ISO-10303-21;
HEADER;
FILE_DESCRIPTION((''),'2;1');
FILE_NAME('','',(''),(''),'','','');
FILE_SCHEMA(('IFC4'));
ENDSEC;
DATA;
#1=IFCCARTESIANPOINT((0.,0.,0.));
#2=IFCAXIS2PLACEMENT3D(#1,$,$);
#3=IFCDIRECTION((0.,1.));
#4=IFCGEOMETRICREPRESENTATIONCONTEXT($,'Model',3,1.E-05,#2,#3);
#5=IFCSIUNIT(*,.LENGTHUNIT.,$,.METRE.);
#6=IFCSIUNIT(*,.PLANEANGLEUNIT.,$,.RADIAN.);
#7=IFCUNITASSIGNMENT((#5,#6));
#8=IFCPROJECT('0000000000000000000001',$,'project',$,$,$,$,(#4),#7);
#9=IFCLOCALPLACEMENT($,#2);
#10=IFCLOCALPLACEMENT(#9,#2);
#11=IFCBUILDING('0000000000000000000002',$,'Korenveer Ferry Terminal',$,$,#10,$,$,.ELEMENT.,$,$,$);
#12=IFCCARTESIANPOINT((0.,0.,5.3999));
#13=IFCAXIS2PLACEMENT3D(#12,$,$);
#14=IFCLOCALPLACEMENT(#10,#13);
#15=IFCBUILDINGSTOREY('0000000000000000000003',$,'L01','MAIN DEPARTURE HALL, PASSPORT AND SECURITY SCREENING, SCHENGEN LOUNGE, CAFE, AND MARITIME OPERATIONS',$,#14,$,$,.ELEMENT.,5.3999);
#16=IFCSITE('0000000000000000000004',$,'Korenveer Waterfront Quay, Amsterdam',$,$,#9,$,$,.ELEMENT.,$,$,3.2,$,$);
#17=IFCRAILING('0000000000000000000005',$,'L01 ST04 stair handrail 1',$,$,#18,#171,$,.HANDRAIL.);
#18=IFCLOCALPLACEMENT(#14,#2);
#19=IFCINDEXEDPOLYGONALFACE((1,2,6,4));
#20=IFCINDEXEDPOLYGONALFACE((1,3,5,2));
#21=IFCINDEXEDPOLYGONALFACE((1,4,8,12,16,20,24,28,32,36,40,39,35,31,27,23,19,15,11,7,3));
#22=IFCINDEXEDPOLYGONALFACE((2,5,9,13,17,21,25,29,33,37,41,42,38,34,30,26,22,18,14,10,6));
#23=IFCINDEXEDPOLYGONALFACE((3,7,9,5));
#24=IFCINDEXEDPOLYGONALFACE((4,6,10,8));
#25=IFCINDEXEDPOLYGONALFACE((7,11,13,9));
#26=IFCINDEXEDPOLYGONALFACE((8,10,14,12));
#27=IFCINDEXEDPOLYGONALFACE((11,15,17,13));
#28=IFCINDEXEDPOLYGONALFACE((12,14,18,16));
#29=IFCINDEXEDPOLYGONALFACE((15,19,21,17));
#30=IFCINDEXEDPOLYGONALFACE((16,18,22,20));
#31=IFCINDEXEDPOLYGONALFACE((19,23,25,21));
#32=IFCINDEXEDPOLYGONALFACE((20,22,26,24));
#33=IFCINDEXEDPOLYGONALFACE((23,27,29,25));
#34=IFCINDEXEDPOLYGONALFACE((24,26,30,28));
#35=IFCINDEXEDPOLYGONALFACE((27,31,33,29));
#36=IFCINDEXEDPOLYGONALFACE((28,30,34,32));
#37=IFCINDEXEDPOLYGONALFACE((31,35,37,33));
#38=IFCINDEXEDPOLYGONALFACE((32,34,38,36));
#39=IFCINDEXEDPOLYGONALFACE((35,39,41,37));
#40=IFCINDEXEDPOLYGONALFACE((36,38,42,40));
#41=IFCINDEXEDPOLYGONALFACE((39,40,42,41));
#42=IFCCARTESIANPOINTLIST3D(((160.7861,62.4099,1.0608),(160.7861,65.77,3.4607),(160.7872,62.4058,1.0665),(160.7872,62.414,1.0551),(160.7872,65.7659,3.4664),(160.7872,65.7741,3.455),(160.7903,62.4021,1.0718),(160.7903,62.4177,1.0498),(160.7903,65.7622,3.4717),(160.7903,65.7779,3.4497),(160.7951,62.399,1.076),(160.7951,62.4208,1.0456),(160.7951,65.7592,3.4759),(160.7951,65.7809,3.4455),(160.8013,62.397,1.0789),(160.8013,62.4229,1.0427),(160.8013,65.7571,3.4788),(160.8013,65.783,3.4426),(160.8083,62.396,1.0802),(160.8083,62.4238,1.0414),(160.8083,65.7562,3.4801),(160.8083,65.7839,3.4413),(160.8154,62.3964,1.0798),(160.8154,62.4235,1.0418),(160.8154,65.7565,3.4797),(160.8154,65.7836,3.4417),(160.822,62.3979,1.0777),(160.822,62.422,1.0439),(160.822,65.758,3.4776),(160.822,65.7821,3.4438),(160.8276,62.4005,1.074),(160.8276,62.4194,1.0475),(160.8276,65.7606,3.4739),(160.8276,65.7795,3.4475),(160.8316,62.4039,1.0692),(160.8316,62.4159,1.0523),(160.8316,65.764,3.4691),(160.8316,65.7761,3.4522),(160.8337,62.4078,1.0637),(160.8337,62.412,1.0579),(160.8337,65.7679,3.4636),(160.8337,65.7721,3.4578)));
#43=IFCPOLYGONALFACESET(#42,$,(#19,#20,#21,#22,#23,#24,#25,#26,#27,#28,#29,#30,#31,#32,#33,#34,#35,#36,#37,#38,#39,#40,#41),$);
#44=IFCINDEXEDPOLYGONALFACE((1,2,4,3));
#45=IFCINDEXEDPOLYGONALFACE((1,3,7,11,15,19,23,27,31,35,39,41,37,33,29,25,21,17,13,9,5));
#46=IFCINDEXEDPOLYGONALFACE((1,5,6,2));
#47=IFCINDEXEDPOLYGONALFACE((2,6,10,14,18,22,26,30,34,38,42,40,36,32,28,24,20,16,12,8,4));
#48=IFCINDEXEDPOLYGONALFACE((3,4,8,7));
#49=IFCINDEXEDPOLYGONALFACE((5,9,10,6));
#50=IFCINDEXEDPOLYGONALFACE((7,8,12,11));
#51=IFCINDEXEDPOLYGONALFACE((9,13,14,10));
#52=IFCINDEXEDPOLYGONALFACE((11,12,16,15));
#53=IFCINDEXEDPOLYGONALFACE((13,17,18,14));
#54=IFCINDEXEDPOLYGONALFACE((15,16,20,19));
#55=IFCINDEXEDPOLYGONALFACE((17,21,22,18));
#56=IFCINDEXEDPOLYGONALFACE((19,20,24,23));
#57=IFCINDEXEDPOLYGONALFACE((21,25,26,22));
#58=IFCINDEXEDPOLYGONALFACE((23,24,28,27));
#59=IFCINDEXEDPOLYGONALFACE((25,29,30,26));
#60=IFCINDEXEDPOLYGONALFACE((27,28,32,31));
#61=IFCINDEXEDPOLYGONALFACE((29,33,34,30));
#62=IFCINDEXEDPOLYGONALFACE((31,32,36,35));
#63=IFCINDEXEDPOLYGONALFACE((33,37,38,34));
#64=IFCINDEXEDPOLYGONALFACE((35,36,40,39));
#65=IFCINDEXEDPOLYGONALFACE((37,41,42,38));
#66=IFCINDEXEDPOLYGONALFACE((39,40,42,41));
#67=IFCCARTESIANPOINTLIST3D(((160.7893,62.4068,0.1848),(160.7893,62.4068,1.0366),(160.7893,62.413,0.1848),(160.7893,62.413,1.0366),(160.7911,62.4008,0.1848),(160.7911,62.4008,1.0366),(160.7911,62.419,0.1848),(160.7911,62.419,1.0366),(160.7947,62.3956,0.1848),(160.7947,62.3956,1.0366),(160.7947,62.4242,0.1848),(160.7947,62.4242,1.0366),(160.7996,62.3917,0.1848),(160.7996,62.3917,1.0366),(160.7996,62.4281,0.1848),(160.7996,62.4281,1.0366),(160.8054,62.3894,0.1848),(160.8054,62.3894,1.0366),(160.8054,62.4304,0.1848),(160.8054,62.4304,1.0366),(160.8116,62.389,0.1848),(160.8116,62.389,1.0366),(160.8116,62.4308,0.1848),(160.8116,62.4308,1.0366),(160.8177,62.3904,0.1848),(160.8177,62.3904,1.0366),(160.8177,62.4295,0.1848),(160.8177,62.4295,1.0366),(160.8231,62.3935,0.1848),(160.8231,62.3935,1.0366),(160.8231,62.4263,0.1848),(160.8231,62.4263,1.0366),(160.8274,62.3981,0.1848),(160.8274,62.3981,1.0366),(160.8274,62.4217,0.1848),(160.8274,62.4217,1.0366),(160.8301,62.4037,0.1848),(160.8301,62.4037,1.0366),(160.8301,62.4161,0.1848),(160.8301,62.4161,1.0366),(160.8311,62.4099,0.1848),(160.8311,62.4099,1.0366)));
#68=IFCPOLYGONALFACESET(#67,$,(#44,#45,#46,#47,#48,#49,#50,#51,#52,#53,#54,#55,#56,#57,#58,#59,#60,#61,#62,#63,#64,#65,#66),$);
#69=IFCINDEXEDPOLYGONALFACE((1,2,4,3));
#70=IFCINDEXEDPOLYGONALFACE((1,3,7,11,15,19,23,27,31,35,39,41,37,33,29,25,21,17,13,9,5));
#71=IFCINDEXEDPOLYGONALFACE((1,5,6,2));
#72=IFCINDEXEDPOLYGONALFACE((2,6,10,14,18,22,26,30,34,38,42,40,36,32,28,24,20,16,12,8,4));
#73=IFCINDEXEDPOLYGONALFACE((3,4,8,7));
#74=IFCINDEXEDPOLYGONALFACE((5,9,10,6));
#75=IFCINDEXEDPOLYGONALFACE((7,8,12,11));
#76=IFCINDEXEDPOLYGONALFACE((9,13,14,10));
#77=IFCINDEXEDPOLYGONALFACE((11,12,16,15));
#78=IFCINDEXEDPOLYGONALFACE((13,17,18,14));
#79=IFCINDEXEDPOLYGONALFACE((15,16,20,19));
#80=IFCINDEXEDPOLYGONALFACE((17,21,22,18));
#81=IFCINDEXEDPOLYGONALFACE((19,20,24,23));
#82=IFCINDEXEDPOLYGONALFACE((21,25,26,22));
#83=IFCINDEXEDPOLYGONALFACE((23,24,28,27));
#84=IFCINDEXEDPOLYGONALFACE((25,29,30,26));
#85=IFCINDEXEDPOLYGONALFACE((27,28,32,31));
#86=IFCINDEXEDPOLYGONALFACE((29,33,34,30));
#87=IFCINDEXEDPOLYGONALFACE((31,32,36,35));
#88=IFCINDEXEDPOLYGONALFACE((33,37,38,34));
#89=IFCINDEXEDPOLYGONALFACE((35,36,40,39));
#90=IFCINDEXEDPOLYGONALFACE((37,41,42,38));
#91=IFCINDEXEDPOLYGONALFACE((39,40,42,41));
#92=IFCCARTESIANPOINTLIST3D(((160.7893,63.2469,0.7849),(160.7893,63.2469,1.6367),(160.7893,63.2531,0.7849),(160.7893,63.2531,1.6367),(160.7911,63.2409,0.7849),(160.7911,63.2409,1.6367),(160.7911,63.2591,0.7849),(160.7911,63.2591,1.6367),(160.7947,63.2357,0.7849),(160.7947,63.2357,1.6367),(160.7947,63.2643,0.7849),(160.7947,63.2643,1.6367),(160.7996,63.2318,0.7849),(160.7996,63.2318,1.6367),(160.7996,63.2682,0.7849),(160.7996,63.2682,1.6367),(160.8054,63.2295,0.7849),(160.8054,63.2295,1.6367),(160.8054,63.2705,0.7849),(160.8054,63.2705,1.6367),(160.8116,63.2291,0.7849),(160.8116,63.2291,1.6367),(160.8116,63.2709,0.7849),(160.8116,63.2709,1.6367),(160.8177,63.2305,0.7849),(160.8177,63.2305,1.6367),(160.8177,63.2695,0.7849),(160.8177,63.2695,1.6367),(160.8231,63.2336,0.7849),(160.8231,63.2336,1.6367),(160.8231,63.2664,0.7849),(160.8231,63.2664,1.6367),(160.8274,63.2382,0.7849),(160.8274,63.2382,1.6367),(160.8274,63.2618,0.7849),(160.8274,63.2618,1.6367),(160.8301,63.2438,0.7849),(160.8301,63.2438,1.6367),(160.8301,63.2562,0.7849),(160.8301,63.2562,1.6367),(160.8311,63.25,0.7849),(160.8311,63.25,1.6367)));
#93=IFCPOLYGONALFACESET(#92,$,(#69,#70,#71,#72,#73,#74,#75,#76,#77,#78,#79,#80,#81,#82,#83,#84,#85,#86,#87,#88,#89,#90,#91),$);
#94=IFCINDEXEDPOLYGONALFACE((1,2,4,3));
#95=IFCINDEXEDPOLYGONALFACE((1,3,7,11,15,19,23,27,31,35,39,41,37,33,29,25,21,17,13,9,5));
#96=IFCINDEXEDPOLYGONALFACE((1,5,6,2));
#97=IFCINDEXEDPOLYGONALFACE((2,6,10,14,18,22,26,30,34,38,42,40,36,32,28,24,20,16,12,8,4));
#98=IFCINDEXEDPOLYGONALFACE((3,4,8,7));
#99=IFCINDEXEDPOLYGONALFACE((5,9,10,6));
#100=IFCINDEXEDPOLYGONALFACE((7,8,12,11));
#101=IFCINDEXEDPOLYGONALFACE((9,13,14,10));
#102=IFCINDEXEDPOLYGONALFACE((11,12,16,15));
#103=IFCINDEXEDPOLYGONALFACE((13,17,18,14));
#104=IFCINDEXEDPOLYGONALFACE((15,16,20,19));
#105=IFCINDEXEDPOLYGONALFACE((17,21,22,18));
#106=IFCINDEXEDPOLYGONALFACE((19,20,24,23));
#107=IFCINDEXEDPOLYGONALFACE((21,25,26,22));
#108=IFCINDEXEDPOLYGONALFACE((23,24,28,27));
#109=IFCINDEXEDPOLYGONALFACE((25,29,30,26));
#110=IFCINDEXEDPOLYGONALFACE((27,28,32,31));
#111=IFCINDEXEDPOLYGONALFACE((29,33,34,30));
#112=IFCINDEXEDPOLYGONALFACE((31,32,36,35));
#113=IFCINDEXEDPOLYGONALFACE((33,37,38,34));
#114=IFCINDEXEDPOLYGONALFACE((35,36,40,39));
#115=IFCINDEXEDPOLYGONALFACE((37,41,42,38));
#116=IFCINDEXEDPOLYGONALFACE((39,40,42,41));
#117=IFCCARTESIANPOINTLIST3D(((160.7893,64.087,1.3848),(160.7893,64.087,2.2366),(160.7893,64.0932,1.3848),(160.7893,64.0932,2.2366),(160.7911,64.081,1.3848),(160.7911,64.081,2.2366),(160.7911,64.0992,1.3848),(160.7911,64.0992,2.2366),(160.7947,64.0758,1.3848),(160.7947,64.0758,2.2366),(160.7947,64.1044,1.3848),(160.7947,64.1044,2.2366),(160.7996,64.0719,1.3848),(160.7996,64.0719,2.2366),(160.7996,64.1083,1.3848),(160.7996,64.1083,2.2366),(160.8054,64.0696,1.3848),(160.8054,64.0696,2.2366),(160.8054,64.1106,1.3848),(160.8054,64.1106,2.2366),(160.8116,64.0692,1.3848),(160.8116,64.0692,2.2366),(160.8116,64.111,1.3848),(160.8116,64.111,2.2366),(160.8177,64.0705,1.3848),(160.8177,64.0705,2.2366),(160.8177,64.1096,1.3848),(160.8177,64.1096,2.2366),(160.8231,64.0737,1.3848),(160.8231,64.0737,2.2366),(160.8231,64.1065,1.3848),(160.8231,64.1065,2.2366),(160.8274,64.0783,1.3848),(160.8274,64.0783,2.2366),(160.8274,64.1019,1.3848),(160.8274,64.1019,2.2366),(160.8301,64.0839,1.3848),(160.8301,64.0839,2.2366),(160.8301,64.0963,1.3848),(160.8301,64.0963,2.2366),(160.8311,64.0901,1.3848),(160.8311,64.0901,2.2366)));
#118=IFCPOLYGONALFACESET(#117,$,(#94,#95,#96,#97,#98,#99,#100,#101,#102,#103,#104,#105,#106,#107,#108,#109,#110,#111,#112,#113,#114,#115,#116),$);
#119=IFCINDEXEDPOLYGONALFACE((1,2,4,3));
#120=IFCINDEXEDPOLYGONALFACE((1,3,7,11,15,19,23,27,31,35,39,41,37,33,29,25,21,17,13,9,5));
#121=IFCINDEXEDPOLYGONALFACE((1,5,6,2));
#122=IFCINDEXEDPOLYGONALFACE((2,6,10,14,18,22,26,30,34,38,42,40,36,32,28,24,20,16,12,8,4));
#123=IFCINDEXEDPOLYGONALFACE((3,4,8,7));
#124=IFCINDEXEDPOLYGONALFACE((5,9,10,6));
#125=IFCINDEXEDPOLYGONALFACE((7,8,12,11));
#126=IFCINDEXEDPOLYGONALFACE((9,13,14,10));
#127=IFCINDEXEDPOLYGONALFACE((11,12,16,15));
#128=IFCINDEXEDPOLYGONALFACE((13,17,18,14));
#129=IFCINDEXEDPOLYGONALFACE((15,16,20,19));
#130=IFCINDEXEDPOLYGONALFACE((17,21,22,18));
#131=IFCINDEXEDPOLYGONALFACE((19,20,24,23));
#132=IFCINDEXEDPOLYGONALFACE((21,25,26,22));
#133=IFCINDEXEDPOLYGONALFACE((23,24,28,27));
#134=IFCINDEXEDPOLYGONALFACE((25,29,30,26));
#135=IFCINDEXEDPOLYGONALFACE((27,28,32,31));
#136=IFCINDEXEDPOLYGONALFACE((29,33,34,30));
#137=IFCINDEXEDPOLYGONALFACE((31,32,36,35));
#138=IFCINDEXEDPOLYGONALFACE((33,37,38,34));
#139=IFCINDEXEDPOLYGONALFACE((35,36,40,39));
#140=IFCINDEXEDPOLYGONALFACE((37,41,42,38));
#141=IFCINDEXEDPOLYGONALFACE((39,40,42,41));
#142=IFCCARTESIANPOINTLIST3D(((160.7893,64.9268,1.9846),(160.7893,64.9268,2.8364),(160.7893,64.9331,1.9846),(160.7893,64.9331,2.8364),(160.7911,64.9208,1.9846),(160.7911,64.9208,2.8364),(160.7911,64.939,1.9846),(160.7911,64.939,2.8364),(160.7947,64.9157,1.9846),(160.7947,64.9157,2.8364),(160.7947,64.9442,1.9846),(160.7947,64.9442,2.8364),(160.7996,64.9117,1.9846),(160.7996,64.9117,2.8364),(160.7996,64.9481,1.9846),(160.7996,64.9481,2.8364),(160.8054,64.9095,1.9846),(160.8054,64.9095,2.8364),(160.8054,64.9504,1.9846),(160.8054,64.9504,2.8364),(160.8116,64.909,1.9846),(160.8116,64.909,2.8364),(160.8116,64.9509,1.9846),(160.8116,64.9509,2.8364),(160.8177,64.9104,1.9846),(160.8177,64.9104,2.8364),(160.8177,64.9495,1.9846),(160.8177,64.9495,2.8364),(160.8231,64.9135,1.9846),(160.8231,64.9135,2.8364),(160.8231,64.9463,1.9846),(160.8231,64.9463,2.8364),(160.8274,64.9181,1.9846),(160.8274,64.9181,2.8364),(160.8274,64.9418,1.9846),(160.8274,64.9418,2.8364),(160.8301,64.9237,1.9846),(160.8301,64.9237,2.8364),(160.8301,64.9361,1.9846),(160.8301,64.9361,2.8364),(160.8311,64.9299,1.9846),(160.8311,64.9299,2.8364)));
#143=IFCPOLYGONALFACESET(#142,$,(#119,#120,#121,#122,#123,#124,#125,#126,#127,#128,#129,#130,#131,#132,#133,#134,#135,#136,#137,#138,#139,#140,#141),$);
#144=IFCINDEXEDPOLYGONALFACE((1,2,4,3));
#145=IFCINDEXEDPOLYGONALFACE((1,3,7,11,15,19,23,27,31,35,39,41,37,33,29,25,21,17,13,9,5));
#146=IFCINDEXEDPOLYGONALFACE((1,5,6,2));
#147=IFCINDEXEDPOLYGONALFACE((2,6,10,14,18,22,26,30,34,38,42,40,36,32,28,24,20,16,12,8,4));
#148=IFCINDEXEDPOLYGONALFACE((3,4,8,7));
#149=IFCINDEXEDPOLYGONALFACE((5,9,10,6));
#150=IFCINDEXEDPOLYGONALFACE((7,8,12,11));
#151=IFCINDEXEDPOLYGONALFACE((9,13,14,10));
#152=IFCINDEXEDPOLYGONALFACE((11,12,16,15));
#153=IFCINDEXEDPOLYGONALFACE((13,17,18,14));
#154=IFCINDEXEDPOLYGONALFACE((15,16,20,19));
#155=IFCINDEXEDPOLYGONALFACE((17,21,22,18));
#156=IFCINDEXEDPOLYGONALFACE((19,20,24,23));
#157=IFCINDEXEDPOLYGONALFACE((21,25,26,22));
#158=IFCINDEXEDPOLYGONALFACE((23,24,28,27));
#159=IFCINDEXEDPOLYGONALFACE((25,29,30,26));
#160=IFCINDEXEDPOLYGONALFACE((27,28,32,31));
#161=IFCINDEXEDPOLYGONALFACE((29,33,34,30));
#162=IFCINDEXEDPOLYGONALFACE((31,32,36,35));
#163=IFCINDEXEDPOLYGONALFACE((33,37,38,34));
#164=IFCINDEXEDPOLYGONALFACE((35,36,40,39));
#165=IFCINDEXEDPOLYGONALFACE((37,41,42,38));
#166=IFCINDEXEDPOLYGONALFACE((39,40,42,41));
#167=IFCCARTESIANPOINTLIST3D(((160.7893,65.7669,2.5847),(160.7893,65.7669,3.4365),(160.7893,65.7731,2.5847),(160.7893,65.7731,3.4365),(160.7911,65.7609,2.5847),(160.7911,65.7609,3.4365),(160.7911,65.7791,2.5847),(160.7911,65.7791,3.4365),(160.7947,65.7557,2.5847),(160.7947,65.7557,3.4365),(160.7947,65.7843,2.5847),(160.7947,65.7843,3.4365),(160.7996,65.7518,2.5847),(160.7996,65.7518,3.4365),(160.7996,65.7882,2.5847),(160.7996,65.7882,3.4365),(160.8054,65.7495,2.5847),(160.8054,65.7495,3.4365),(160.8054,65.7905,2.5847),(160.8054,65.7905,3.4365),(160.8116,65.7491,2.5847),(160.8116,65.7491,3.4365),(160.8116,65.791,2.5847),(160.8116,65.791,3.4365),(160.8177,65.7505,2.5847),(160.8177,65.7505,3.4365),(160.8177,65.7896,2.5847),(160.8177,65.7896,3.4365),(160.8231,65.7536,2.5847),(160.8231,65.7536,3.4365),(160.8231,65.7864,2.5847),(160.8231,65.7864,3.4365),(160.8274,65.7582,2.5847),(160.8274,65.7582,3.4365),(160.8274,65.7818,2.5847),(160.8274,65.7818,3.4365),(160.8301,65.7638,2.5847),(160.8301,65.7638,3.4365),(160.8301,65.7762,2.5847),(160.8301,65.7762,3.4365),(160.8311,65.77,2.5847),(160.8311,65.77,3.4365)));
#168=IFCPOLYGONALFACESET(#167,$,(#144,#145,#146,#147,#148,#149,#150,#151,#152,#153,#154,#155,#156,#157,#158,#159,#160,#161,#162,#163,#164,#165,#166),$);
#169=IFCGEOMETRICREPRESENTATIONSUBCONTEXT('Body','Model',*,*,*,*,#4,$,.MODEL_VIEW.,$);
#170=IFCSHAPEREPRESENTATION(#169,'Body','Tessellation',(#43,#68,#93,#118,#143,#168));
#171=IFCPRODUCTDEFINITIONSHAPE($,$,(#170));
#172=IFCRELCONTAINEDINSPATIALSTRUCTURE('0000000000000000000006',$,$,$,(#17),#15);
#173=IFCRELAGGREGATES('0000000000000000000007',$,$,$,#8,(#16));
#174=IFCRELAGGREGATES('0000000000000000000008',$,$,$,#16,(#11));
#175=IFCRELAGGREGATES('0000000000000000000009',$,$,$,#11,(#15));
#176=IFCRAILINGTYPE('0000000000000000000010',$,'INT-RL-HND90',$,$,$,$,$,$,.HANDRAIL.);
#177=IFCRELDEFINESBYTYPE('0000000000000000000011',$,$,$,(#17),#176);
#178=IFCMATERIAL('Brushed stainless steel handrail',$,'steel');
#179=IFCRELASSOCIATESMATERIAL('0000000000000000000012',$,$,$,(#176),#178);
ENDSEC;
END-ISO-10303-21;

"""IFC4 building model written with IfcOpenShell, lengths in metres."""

from ifc_helpers import new_model, si_unit, direction, frame, origin, origin_2d, place, context, subcontext, project, spatial, circle, extrude, material, type_object, element, save


model = new_model("IFC4")

# Units and contexts
model_context = context("Model", 3, precision=1e-05, world=origin(), true_north=direction((0.0, 1.0)))
body_context = subcontext(model_context, "Body", "Model", "MODEL_VIEW")
ifc_project = project(units=[si_unit("LENGTHUNIT", "METRE"), si_unit("PLANEANGLEUNIT", "RADIAN")], contexts=[model_context])

# Site, building, storey
site_placement = place(None, origin())
site = spatial("IfcSite", under=ifc_project, at=site_placement, Name="Korenveer Waterfront Quay, Amsterdam", CompositionType="ELEMENT", RefElevation=3.2)
building_placement = place(site_placement, origin())
building = spatial("IfcBuilding", under=site, at=building_placement, Name="Korenveer Ferry Terminal", CompositionType="ELEMENT")
storey_placement = place(building_placement, frame((0.0, 0.0, 5.3999)))
storey = spatial("IfcBuildingStorey", under=building, at=storey_placement, Name="L01", Description="MAIN DEPARTURE HALL, PASSPORT AND SECURITY SCREENING, SCHENGEN LOUNGE, CAFE, AND MARITIME OPERATIONS", CompositionType="ELEMENT", Elevation=5.3999)

# Railing
ifc_material_1 = material(Name="Brushed stainless steel handrail", Category="steel")
railing_type_1 = type_object("IfcRailingType", Name="INT-RL-HND90", PredefinedType="HANDRAIL", material=ifc_material_1)
railing_1_placement = place(storey_placement, frame((160.8101, 62.4099, 0.1848)))
element("IfcRailing", 1, at=railing_1_placement, inside=storey, type_object=railing_type_1, Name="L01 ST04 stair handrail 1", PredefinedType="HANDRAIL", context=body_context, shape_type="SweptSolid", body=[
    extrude(circle(Radius=0.0239, at=origin_2d()), frame((0.0, 0.0, 0.876), z_axis=(0.0, 0.813753, 0.58121), x_axis=(-1.0, 0.0, 0.0)), (0.0, 0.0, 1.0), 4.1292),
    extrude(circle(Radius=0.021, at=origin_2d()), origin(), (0.0, 0.0, 1.0), 0.8518),
    extrude(circle(Radius=0.021, at=origin_2d()), frame((0.0, 0.8401, 0.6001)), (0.0, 0.0, 1.0), 0.8518),
    extrude(circle(Radius=0.021, at=origin_2d()), frame((0.0, 1.6802, 1.2)), (0.0, 0.0, 1.0), 0.8518),
    extrude(circle(Radius=0.021, at=origin_2d()), frame((0.0, 2.52, 1.7998)), (0.0, 0.0, 1.0), 0.8518),
    extrude(circle(Radius=0.021, at=origin_2d()), frame((0.0, 3.3601, 2.3999)), (0.0, 0.0, 1.0), 0.8518),
])

save(model, "model.ifc")
